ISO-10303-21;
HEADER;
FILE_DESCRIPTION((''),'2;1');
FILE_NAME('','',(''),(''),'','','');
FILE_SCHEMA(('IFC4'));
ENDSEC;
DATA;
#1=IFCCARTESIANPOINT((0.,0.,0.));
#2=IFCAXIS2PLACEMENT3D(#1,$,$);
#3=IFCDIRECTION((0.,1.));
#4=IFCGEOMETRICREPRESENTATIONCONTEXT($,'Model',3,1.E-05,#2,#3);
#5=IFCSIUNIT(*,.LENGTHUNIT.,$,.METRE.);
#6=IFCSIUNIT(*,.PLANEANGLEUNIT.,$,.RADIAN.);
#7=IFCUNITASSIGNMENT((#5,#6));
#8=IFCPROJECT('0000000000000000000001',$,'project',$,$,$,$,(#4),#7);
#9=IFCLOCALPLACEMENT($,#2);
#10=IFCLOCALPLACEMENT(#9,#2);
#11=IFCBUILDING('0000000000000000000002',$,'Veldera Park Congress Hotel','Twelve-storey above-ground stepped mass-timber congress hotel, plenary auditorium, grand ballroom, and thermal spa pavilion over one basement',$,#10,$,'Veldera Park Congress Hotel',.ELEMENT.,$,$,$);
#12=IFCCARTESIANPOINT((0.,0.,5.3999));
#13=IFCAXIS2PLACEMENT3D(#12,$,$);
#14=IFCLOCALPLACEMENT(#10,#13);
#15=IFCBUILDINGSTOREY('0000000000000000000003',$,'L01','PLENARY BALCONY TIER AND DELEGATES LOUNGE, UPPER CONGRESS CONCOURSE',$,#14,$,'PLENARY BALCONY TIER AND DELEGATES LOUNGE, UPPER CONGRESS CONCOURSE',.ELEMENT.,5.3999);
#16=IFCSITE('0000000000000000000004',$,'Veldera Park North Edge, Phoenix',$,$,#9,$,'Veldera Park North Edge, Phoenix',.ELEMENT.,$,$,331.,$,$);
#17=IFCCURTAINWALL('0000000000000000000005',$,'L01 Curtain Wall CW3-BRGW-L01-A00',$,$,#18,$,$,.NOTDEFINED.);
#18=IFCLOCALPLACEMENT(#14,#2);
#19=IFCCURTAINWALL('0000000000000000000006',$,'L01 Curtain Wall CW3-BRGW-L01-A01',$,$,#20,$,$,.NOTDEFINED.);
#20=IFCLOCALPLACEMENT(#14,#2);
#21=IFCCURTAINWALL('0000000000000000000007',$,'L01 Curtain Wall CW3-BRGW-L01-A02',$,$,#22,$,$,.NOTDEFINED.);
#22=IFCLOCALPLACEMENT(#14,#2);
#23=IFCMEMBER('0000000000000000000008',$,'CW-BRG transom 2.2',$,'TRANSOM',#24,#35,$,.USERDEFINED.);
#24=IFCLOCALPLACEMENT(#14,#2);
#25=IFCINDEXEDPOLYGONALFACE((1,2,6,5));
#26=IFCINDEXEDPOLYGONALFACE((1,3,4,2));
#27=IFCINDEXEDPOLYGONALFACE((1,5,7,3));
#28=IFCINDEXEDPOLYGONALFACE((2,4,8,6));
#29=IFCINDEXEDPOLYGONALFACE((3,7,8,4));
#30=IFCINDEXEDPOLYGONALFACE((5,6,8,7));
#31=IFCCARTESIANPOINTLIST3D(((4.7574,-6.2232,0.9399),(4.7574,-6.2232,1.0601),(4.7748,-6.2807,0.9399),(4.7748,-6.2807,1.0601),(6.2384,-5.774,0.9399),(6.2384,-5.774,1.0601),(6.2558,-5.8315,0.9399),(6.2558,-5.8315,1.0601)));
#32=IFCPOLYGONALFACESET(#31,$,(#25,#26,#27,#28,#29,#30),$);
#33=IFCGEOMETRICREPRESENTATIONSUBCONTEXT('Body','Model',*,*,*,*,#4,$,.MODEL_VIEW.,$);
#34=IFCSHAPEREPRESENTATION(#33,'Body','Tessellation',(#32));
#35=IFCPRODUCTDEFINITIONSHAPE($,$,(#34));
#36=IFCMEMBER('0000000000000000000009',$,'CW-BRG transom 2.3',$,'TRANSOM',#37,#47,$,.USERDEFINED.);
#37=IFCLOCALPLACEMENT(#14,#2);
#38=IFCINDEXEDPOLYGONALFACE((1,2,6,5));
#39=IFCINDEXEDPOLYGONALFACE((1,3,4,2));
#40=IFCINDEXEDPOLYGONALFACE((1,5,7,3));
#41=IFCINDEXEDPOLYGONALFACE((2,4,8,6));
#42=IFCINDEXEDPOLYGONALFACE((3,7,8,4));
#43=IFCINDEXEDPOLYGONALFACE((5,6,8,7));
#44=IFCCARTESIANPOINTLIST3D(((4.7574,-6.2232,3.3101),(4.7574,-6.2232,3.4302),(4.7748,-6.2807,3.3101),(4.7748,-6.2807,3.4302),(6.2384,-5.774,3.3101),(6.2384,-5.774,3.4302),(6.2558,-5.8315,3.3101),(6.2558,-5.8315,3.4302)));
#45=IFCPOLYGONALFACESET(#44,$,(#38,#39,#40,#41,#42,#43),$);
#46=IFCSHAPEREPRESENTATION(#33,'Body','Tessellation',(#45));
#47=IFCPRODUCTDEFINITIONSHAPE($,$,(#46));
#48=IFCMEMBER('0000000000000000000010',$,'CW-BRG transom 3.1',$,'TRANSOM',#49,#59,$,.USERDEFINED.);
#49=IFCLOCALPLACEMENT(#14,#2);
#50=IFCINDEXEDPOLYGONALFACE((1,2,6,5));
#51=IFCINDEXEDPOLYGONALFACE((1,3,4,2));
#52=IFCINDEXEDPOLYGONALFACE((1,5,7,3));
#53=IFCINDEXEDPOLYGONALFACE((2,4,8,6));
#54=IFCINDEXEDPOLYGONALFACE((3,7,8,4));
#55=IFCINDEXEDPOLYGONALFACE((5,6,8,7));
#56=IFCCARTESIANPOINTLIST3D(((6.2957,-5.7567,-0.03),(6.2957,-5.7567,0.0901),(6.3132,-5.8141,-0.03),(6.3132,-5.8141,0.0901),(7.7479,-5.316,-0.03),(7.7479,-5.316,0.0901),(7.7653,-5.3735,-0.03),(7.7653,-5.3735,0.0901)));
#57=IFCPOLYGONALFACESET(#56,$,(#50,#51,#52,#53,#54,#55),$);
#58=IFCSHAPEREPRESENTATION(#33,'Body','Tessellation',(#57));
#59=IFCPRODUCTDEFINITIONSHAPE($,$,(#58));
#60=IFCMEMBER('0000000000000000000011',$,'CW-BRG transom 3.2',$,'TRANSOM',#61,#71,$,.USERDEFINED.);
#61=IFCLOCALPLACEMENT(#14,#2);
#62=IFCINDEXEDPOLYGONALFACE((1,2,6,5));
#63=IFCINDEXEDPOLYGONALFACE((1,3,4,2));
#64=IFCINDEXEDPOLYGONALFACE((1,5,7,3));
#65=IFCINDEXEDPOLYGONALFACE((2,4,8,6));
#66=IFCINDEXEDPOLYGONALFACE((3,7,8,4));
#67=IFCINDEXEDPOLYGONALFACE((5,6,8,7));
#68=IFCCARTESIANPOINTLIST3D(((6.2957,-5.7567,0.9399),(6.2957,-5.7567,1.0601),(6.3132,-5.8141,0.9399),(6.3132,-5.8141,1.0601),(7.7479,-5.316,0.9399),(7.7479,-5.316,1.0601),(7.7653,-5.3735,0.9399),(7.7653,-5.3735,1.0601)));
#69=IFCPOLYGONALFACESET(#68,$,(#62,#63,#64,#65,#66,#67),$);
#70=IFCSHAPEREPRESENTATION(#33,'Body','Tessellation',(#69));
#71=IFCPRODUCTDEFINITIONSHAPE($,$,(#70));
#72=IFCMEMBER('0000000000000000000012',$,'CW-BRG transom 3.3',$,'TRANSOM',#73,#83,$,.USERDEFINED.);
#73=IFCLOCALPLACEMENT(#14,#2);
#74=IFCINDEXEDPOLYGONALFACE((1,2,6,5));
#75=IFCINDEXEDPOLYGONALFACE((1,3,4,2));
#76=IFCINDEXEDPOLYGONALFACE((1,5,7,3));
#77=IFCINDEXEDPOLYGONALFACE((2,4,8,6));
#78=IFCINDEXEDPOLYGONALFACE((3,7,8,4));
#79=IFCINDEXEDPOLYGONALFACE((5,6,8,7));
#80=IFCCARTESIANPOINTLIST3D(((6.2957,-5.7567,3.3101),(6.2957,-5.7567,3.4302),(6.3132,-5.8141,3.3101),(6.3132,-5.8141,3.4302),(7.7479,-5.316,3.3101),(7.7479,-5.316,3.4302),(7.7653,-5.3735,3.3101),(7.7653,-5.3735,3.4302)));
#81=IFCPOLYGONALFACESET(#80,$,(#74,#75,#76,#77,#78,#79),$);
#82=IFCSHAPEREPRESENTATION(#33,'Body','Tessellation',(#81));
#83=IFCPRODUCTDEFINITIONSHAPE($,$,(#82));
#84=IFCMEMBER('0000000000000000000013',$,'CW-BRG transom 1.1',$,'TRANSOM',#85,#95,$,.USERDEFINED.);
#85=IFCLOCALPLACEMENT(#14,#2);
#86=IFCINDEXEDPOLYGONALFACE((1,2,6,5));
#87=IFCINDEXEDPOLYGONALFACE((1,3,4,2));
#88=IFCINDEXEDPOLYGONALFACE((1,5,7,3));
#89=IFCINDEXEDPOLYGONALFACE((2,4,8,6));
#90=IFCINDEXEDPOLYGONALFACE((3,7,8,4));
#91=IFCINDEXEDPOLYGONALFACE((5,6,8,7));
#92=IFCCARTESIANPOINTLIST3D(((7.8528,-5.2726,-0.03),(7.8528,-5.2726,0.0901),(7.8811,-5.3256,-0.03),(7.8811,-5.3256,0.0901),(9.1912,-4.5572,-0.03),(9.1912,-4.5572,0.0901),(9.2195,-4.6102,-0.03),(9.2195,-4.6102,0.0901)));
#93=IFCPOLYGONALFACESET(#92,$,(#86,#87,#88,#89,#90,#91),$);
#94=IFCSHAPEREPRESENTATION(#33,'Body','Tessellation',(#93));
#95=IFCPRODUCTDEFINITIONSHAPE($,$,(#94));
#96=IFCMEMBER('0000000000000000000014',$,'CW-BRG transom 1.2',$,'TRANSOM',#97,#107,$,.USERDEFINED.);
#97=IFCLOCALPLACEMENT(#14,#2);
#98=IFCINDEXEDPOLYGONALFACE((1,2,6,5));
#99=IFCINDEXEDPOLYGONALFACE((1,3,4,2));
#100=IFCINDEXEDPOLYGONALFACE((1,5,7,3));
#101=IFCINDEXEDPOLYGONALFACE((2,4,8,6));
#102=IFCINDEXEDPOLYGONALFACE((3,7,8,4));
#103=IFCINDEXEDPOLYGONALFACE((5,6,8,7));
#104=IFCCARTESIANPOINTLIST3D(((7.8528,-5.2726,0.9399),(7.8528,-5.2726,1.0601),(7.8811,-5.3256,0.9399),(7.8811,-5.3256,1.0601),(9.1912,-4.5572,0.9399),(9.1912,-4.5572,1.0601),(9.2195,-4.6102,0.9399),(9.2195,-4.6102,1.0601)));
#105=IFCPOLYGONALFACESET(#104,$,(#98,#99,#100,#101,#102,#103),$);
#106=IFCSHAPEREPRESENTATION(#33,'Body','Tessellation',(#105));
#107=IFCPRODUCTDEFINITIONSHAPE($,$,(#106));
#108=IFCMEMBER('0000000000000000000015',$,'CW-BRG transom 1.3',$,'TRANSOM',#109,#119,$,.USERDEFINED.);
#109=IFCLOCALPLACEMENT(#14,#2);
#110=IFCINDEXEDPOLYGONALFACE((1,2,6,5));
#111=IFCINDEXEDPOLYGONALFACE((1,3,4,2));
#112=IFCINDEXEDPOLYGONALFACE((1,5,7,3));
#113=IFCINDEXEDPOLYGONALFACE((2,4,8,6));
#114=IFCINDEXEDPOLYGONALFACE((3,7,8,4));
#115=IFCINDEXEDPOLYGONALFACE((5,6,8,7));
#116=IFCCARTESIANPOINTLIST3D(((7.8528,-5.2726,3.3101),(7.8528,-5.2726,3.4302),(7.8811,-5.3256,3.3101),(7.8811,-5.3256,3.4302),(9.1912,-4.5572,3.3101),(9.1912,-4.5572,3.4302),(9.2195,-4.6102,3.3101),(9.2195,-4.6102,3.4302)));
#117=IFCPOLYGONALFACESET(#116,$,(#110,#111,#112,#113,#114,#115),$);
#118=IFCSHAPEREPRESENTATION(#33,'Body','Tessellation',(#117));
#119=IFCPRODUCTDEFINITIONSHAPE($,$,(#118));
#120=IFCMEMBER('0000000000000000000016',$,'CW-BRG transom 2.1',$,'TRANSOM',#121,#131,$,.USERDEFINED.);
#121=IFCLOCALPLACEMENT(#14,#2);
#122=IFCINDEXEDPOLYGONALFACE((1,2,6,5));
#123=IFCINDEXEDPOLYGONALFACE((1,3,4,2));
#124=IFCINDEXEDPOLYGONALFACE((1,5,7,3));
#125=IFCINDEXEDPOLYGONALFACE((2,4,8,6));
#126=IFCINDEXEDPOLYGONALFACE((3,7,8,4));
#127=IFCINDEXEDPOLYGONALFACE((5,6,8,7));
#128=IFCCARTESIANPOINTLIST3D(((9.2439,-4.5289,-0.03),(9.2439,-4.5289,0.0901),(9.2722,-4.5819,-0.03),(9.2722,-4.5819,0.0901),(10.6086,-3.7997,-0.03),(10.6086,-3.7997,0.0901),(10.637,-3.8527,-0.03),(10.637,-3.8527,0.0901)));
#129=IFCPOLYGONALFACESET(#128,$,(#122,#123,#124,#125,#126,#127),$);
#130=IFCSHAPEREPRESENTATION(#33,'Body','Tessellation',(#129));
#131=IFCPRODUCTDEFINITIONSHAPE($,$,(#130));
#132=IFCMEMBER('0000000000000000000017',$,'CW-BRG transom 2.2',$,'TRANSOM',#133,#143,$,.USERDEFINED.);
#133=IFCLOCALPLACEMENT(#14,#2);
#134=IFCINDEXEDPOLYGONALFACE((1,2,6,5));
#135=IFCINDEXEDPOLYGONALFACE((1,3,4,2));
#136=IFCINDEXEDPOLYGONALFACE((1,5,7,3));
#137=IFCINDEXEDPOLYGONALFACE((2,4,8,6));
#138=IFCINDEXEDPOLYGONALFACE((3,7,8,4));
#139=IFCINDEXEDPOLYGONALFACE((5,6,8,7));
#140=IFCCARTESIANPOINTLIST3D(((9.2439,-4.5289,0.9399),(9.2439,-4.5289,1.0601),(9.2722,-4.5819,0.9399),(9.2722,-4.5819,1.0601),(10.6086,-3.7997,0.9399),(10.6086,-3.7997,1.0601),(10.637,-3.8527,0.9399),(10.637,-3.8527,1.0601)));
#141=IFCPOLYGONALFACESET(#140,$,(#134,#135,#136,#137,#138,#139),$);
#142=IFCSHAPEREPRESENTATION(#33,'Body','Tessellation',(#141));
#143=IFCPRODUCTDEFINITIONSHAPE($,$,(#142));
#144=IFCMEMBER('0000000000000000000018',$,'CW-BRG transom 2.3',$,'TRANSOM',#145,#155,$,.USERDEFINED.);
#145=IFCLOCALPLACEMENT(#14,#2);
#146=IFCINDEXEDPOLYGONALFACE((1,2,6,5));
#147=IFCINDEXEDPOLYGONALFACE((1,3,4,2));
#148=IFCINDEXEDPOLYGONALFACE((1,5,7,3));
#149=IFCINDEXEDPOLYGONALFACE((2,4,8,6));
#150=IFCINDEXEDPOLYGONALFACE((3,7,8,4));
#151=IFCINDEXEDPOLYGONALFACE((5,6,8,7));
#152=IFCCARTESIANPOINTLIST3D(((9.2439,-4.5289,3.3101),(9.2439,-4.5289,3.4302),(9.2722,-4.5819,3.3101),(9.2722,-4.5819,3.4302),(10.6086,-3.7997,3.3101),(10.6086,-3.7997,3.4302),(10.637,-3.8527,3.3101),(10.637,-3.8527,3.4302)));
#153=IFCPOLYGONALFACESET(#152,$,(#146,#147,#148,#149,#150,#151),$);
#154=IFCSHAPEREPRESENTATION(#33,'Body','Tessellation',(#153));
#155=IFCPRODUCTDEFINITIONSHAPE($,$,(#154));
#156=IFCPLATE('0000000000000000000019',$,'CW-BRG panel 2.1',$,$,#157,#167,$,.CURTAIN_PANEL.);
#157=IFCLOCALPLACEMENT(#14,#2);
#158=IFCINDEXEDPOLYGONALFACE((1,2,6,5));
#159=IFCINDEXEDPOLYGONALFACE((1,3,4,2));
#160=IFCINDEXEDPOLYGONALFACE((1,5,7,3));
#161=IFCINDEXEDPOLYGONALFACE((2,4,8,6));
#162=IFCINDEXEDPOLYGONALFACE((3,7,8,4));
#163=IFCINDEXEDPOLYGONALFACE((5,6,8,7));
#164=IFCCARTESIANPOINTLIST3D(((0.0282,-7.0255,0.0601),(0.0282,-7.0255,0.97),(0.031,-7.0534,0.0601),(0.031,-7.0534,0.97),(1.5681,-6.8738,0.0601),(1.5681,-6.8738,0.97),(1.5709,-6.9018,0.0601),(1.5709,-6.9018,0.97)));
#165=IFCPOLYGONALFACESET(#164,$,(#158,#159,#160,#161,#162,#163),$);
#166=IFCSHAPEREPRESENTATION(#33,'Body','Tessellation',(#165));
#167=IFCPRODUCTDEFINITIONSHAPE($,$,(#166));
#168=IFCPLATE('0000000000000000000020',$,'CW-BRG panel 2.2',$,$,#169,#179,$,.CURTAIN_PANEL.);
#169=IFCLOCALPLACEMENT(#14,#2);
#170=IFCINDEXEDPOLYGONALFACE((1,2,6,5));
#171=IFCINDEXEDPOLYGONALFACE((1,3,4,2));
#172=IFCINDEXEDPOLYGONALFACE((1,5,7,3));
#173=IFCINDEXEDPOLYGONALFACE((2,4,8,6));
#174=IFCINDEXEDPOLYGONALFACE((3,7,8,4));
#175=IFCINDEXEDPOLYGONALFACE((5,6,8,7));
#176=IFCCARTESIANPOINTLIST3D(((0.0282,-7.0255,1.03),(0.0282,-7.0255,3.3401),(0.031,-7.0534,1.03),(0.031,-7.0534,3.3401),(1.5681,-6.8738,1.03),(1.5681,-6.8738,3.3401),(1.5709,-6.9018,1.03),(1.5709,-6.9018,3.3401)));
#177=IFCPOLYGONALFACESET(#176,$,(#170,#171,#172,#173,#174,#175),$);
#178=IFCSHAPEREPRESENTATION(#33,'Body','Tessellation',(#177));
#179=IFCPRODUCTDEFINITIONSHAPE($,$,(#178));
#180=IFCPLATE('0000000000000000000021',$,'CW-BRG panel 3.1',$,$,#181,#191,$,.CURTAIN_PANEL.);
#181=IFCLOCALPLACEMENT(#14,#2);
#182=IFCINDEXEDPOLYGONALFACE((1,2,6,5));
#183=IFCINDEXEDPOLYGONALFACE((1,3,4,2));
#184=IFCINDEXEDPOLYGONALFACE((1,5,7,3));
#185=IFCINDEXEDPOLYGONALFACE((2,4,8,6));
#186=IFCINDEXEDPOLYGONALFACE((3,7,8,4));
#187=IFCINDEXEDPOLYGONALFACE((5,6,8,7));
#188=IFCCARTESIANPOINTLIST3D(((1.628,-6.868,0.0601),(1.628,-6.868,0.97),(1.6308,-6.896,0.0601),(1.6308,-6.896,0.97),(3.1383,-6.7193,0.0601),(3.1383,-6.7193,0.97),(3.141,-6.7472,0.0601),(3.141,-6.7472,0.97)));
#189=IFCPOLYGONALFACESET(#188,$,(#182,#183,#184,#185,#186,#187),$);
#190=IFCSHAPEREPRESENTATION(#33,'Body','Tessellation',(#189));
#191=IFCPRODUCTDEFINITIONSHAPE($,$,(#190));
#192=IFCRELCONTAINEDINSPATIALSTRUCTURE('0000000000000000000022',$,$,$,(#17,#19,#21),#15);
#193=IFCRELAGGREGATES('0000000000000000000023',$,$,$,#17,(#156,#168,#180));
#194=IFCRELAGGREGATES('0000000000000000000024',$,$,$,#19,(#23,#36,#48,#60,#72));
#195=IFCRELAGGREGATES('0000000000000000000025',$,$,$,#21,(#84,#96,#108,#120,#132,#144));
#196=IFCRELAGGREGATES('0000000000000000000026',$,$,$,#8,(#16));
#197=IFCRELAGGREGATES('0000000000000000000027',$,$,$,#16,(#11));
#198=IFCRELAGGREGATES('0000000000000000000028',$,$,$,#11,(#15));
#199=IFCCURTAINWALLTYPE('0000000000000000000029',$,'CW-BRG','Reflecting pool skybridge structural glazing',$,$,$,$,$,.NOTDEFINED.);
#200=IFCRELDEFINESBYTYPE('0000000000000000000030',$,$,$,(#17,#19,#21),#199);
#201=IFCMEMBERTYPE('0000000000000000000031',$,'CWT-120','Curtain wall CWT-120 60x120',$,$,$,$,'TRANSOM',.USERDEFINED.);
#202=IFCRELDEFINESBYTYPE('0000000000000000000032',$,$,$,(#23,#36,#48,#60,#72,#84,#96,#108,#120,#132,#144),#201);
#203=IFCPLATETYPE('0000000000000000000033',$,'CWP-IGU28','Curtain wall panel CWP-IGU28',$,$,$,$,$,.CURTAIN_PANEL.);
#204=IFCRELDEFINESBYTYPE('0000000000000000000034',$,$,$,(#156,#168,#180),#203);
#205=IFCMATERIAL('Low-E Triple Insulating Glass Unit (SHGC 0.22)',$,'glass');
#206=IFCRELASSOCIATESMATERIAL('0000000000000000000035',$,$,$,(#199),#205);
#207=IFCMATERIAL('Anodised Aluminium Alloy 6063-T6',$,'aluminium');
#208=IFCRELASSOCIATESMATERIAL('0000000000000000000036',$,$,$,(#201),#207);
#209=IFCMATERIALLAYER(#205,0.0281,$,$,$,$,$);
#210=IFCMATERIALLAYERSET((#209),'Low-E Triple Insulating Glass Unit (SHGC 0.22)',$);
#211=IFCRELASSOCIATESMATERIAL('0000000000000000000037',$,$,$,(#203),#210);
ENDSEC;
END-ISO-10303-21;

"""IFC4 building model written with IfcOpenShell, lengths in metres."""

from ifc_helpers import new_model, si_unit, direction, frame, origin, origin_2d, place, context, subcontext, project, spatial, rectangle, extrude, material, layer, layer_set, material_profile, profile_set, type_object, element, aggregate, save


model = new_model("IFC4")

# Units and contexts
model_context = context("Model", 3, precision=1e-05, world=origin(), true_north=direction((0.0, 1.0)))
body_context = subcontext(model_context, "Body", "Model", "MODEL_VIEW")
ifc_project = project(units=[si_unit("LENGTHUNIT", "METRE"), si_unit("PLANEANGLEUNIT", "RADIAN")], contexts=[model_context])

# Site, building, storey
site_placement = place(None, origin())
site = spatial("IfcSite", under=ifc_project, at=site_placement, Name="Veldera Park North Edge, Phoenix", LongName="Veldera Park North Edge, Phoenix", CompositionType="ELEMENT", RefElevation=331.0)
building_placement = place(site_placement, origin())
building = spatial("IfcBuilding", under=site, at=building_placement, Name="Veldera Park Congress Hotel", Description="Twelve-storey above-ground stepped mass-timber congress hotel, plenary auditorium, grand ballroom, and thermal spa pavilion over one basement", LongName="Veldera Park Congress Hotel", CompositionType="ELEMENT")
storey_placement = place(building_placement, frame((0.0, 0.0, 5.3999)))
storey = spatial("IfcBuildingStorey", under=building, at=storey_placement, Name="L01", Description="PLENARY BALCONY TIER AND DELEGATES LOUNGE, UPPER CONGRESS CONCOURSE", LongName="PLENARY BALCONY TIER AND DELEGATES LOUNGE, UPPER CONGRESS CONCOURSE", CompositionType="ELEMENT", Elevation=5.3999)

# Curtain walls
ifc_material_1 = material(Name="Low-E Triple Insulating Glass Unit (SHGC 0.22)", Category="glass")
curtain_wall_type = type_object("IfcCurtainWallType", Name="CW-BRG", Description="Reflecting pool skybridge structural glazing", PredefinedType="NOTDEFINED", material=ifc_material_1)
curtain_wall_1_placement = place(storey_placement, origin())
curtain_wall_1 = element("IfcCurtainWall", 1, at=curtain_wall_1_placement, inside=storey, type_object=curtain_wall_type, Name="L01 Curtain Wall CW3-BRGW-L01-A00", PredefinedType="NOTDEFINED")
ifc_material_2 = material(Name="Anodised Aluminium Alloy 6063-T6", Category="aluminium")
curtain_wall_2_placement = place(storey_placement, origin())
curtain_wall_2 = element("IfcCurtainWall", 2, at=curtain_wall_2_placement, inside=storey, type_object=curtain_wall_type, Name="L01 Curtain Wall CW3-BRGW-L01-A01", PredefinedType="NOTDEFINED")
curtain_wall_3_placement = place(storey_placement, origin())
curtain_wall_3 = element("IfcCurtainWall", 3, at=curtain_wall_3_placement, inside=storey, type_object=curtain_wall_type, Name="L01 Curtain Wall CW3-BRGW-L01-A02", PredefinedType="NOTDEFINED")

# Members
ifc_material_profile_1 = material_profile(ifc_material_2, rectangle(XDim=0.0601, YDim=0.1201, at=origin_2d()), Name="ALU 60x120")
ifc_profile_set_1 = profile_set([ifc_material_profile_1], Name="Anodised Aluminium Alloy 6063-T6")
member_type_1 = type_object("IfcMemberType", Name="CWT-120", Description="Curtain wall CWT-120 60x120", ElementType="TRANSOM", PredefinedType="USERDEFINED", material=ifc_profile_set_1)
member_1_placement = place(storey_placement, frame((4.7661, -6.252, 1.0), z_axis=(0.956945, 0.29027, 0.0), x_axis=(-0.29027, 0.956945, 0.0)))
member_1 = element("IfcMember", 4, at=member_1_placement, type_object=member_type_1, Name="CW-BRG transom 2.2", ObjectType="TRANSOM", PredefinedType="USERDEFINED", context=body_context, shape_type="SweptSolid", body=[
    extrude(rectangle(XDim=0.0601, YDim=0.1201, at=origin_2d()), origin(), (0.0, 0.0, 1.0), 1.5476),
])
member_2_placement = place(storey_placement, frame((4.7661, -6.252, 3.3701), z_axis=(0.956945, 0.29027, 0.0), x_axis=(-0.29027, 0.956945, 0.0)))
member_2 = element("IfcMember", 5, at=member_2_placement, type_object=member_type_1, Name="CW-BRG transom 2.3", ObjectType="TRANSOM", PredefinedType="USERDEFINED", context=body_context, shape_type="SweptSolid", body=[
    extrude(rectangle(XDim=0.0601, YDim=0.1201, at=origin_2d()), origin(), (0.0, 0.0, 1.0), 1.5476),
])
member_3_placement = place(storey_placement, frame((6.3044, -5.7854, 0.03), z_axis=(0.956909, 0.290387, 0.0), x_axis=(-0.290387, 0.956909, 0.0)))
member_3 = element("IfcMember", 6, at=member_3_placement, type_object=member_type_1, Name="CW-BRG transom 3.1", ObjectType="TRANSOM", PredefinedType="USERDEFINED", context=body_context, shape_type="SweptSolid", body=[
    extrude(rectangle(XDim=0.0601, YDim=0.1201, at=origin_2d()), origin(), (0.0, 0.0, 1.0), 1.5176),
])
member_4_placement = place(storey_placement, frame((6.3044, -5.7854, 1.0), z_axis=(0.956909, 0.290387, 0.0), x_axis=(-0.290387, 0.956909, 0.0)))
member_4 = element("IfcMember", 7, at=member_4_placement, type_object=member_type_1, Name="CW-BRG transom 3.2", ObjectType="TRANSOM", PredefinedType="USERDEFINED", context=body_context, shape_type="SweptSolid", body=[
    extrude(rectangle(XDim=0.0601, YDim=0.1201, at=origin_2d()), origin(), (0.0, 0.0, 1.0), 1.5176),
])
member_5_placement = place(storey_placement, frame((6.3044, -5.7854, 3.3701), z_axis=(0.956909, 0.290387, 0.0), x_axis=(-0.290387, 0.956909, 0.0)))
member_5 = element("IfcMember", 8, at=member_5_placement, type_object=member_type_1, Name="CW-BRG transom 3.3", ObjectType="TRANSOM", PredefinedType="USERDEFINED", context=body_context, shape_type="SweptSolid", body=[
    extrude(rectangle(XDim=0.0601, YDim=0.1201, at=origin_2d()), origin(), (0.0, 0.0, 1.0), 1.5176),
])
member_6_placement = place(storey_placement, frame((7.8669, -5.2991, 0.03), z_axis=(0.881934, 0.471373, 0.0), x_axis=(-0.471373, 0.881934, 0.0)))
member_6 = element("IfcMember", 9, at=member_6_placement, type_object=member_type_1, Name="CW-BRG transom 1.1", ObjectType="TRANSOM", PredefinedType="USERDEFINED", context=body_context, shape_type="SweptSolid", body=[
    extrude(rectangle(XDim=0.0601, YDim=0.1201, at=origin_2d()), origin(), (0.0, 0.0, 1.0), 1.5176),
])
member_7_placement = place(storey_placement, frame((7.8669, -5.2991, 1.0), z_axis=(0.881934, 0.471373, 0.0), x_axis=(-0.471373, 0.881934, 0.0)))
member_7 = element("IfcMember", 10, at=member_7_placement, type_object=member_type_1, Name="CW-BRG transom 1.2", ObjectType="TRANSOM", PredefinedType="USERDEFINED", context=body_context, shape_type="SweptSolid", body=[
    extrude(rectangle(XDim=0.0601, YDim=0.1201, at=origin_2d()), origin(), (0.0, 0.0, 1.0), 1.5176),
])
member_8_placement = place(storey_placement, frame((7.8669, -5.2991, 3.3701), z_axis=(0.881934, 0.471373, 0.0), x_axis=(-0.471373, 0.881934, 0.0)))
member_8 = element("IfcMember", 11, at=member_8_placement, type_object=member_type_1, Name="CW-BRG transom 1.3", ObjectType="TRANSOM", PredefinedType="USERDEFINED", context=body_context, shape_type="SweptSolid", body=[
    extrude(rectangle(XDim=0.0601, YDim=0.1201, at=origin_2d()), origin(), (0.0, 0.0, 1.0), 1.5176),
])
member_9_placement = place(storey_placement, frame((9.2581, -4.5554, 0.03), z_axis=(0.881981, 0.471284, 0.0), x_axis=(-0.471284, 0.881981, 0.0)))
member_9 = element("IfcMember", 12, at=member_9_placement, type_object=member_type_1, Name="CW-BRG transom 2.1", ObjectType="TRANSOM", PredefinedType="USERDEFINED", context=body_context, shape_type="SweptSolid", body=[
    extrude(rectangle(XDim=0.0601, YDim=0.1201, at=origin_2d()), origin(), (0.0, 0.0, 1.0), 1.5474),
])
member_10_placement = place(storey_placement, frame((9.2581, -4.5554, 1.0), z_axis=(0.881981, 0.471284, 0.0), x_axis=(-0.471284, 0.881981, 0.0)))
member_10 = element("IfcMember", 13, at=member_10_placement, type_object=member_type_1, Name="CW-BRG transom 2.2", ObjectType="TRANSOM", PredefinedType="USERDEFINED", context=body_context, shape_type="SweptSolid", body=[
    extrude(rectangle(XDim=0.0601, YDim=0.1201, at=origin_2d()), origin(), (0.0, 0.0, 1.0), 1.5474),
])
member_11_placement = place(storey_placement, frame((9.2581, -4.5554, 3.3701), z_axis=(0.881981, 0.471284, 0.0), x_axis=(-0.471284, 0.881981, 0.0)))
member_11 = element("IfcMember", 14, at=member_11_placement, type_object=member_type_1, Name="CW-BRG transom 2.3", ObjectType="TRANSOM", PredefinedType="USERDEFINED", context=body_context, shape_type="SweptSolid", body=[
    extrude(rectangle(XDim=0.0601, YDim=0.1201, at=origin_2d()), origin(), (0.0, 0.0, 1.0), 1.5474),
])

# Plates
ifc_layer = layer(ifc_material_1, 0.0281)
ifc_layer_set = layer_set([ifc_layer], Name="Low-E Triple Insulating Glass Unit (SHGC 0.22)")
plate_type = type_object("IfcPlateType", Name="CWP-IGU28", Description="Curtain wall panel CWP-IGU28", PredefinedType="CURTAIN_PANEL", material=ifc_layer_set)
plate_1_placement = place(storey_placement, frame((0.7996, -6.9636, 0.0601), z_axis=(0.0, 0.0, 1.0), x_axis=(0.995184, 0.098021, 0.0)))
plate_1 = element("IfcPlate", 15, at=plate_1_placement, type_object=plate_type, Name="CW-BRG panel 2.1", PredefinedType="CURTAIN_PANEL", context=body_context, shape_type="SweptSolid", body=[
    extrude(rectangle(XDim=1.5474, YDim=0.0281, at=origin_2d()), origin(), (0.0, 0.0, 1.0), 0.9099),
])
plate_2_placement = place(storey_placement, frame((0.7996, -6.9636, 1.03), z_axis=(0.0, 0.0, 1.0), x_axis=(0.995184, 0.098021, 0.0)))
plate_2 = element("IfcPlate", 16, at=plate_2_placement, type_object=plate_type, Name="CW-BRG panel 2.2", PredefinedType="CURTAIN_PANEL", context=body_context, shape_type="SweptSolid", body=[
    extrude(rectangle(XDim=1.5474, YDim=0.0281, at=origin_2d()), origin(), (0.0, 0.0, 1.0), 2.3101),
])
plate_3_placement = place(storey_placement, frame((2.3845, -6.8076, 0.0601), z_axis=(0.0, 0.0, 1.0), x_axis=(0.995184, 0.098021, 0.0)))
plate_3 = element("IfcPlate", 17, at=plate_3_placement, type_object=plate_type, Name="CW-BRG panel 3.1", PredefinedType="CURTAIN_PANEL", context=body_context, shape_type="SweptSolid", body=[
    extrude(rectangle(XDim=1.5176, YDim=0.0281, at=origin_2d()), origin(), (0.0, 0.0, 1.0), 0.9099),
])
aggregate(curtain_wall_1, [plate_1, plate_2, plate_3])
aggregate(curtain_wall_2, [member_1, member_2, member_3, member_4, member_5])
aggregate(curtain_wall_3, [member_6, member_7, member_8, member_9, member_10, member_11])

save(model, "model.ifc")
